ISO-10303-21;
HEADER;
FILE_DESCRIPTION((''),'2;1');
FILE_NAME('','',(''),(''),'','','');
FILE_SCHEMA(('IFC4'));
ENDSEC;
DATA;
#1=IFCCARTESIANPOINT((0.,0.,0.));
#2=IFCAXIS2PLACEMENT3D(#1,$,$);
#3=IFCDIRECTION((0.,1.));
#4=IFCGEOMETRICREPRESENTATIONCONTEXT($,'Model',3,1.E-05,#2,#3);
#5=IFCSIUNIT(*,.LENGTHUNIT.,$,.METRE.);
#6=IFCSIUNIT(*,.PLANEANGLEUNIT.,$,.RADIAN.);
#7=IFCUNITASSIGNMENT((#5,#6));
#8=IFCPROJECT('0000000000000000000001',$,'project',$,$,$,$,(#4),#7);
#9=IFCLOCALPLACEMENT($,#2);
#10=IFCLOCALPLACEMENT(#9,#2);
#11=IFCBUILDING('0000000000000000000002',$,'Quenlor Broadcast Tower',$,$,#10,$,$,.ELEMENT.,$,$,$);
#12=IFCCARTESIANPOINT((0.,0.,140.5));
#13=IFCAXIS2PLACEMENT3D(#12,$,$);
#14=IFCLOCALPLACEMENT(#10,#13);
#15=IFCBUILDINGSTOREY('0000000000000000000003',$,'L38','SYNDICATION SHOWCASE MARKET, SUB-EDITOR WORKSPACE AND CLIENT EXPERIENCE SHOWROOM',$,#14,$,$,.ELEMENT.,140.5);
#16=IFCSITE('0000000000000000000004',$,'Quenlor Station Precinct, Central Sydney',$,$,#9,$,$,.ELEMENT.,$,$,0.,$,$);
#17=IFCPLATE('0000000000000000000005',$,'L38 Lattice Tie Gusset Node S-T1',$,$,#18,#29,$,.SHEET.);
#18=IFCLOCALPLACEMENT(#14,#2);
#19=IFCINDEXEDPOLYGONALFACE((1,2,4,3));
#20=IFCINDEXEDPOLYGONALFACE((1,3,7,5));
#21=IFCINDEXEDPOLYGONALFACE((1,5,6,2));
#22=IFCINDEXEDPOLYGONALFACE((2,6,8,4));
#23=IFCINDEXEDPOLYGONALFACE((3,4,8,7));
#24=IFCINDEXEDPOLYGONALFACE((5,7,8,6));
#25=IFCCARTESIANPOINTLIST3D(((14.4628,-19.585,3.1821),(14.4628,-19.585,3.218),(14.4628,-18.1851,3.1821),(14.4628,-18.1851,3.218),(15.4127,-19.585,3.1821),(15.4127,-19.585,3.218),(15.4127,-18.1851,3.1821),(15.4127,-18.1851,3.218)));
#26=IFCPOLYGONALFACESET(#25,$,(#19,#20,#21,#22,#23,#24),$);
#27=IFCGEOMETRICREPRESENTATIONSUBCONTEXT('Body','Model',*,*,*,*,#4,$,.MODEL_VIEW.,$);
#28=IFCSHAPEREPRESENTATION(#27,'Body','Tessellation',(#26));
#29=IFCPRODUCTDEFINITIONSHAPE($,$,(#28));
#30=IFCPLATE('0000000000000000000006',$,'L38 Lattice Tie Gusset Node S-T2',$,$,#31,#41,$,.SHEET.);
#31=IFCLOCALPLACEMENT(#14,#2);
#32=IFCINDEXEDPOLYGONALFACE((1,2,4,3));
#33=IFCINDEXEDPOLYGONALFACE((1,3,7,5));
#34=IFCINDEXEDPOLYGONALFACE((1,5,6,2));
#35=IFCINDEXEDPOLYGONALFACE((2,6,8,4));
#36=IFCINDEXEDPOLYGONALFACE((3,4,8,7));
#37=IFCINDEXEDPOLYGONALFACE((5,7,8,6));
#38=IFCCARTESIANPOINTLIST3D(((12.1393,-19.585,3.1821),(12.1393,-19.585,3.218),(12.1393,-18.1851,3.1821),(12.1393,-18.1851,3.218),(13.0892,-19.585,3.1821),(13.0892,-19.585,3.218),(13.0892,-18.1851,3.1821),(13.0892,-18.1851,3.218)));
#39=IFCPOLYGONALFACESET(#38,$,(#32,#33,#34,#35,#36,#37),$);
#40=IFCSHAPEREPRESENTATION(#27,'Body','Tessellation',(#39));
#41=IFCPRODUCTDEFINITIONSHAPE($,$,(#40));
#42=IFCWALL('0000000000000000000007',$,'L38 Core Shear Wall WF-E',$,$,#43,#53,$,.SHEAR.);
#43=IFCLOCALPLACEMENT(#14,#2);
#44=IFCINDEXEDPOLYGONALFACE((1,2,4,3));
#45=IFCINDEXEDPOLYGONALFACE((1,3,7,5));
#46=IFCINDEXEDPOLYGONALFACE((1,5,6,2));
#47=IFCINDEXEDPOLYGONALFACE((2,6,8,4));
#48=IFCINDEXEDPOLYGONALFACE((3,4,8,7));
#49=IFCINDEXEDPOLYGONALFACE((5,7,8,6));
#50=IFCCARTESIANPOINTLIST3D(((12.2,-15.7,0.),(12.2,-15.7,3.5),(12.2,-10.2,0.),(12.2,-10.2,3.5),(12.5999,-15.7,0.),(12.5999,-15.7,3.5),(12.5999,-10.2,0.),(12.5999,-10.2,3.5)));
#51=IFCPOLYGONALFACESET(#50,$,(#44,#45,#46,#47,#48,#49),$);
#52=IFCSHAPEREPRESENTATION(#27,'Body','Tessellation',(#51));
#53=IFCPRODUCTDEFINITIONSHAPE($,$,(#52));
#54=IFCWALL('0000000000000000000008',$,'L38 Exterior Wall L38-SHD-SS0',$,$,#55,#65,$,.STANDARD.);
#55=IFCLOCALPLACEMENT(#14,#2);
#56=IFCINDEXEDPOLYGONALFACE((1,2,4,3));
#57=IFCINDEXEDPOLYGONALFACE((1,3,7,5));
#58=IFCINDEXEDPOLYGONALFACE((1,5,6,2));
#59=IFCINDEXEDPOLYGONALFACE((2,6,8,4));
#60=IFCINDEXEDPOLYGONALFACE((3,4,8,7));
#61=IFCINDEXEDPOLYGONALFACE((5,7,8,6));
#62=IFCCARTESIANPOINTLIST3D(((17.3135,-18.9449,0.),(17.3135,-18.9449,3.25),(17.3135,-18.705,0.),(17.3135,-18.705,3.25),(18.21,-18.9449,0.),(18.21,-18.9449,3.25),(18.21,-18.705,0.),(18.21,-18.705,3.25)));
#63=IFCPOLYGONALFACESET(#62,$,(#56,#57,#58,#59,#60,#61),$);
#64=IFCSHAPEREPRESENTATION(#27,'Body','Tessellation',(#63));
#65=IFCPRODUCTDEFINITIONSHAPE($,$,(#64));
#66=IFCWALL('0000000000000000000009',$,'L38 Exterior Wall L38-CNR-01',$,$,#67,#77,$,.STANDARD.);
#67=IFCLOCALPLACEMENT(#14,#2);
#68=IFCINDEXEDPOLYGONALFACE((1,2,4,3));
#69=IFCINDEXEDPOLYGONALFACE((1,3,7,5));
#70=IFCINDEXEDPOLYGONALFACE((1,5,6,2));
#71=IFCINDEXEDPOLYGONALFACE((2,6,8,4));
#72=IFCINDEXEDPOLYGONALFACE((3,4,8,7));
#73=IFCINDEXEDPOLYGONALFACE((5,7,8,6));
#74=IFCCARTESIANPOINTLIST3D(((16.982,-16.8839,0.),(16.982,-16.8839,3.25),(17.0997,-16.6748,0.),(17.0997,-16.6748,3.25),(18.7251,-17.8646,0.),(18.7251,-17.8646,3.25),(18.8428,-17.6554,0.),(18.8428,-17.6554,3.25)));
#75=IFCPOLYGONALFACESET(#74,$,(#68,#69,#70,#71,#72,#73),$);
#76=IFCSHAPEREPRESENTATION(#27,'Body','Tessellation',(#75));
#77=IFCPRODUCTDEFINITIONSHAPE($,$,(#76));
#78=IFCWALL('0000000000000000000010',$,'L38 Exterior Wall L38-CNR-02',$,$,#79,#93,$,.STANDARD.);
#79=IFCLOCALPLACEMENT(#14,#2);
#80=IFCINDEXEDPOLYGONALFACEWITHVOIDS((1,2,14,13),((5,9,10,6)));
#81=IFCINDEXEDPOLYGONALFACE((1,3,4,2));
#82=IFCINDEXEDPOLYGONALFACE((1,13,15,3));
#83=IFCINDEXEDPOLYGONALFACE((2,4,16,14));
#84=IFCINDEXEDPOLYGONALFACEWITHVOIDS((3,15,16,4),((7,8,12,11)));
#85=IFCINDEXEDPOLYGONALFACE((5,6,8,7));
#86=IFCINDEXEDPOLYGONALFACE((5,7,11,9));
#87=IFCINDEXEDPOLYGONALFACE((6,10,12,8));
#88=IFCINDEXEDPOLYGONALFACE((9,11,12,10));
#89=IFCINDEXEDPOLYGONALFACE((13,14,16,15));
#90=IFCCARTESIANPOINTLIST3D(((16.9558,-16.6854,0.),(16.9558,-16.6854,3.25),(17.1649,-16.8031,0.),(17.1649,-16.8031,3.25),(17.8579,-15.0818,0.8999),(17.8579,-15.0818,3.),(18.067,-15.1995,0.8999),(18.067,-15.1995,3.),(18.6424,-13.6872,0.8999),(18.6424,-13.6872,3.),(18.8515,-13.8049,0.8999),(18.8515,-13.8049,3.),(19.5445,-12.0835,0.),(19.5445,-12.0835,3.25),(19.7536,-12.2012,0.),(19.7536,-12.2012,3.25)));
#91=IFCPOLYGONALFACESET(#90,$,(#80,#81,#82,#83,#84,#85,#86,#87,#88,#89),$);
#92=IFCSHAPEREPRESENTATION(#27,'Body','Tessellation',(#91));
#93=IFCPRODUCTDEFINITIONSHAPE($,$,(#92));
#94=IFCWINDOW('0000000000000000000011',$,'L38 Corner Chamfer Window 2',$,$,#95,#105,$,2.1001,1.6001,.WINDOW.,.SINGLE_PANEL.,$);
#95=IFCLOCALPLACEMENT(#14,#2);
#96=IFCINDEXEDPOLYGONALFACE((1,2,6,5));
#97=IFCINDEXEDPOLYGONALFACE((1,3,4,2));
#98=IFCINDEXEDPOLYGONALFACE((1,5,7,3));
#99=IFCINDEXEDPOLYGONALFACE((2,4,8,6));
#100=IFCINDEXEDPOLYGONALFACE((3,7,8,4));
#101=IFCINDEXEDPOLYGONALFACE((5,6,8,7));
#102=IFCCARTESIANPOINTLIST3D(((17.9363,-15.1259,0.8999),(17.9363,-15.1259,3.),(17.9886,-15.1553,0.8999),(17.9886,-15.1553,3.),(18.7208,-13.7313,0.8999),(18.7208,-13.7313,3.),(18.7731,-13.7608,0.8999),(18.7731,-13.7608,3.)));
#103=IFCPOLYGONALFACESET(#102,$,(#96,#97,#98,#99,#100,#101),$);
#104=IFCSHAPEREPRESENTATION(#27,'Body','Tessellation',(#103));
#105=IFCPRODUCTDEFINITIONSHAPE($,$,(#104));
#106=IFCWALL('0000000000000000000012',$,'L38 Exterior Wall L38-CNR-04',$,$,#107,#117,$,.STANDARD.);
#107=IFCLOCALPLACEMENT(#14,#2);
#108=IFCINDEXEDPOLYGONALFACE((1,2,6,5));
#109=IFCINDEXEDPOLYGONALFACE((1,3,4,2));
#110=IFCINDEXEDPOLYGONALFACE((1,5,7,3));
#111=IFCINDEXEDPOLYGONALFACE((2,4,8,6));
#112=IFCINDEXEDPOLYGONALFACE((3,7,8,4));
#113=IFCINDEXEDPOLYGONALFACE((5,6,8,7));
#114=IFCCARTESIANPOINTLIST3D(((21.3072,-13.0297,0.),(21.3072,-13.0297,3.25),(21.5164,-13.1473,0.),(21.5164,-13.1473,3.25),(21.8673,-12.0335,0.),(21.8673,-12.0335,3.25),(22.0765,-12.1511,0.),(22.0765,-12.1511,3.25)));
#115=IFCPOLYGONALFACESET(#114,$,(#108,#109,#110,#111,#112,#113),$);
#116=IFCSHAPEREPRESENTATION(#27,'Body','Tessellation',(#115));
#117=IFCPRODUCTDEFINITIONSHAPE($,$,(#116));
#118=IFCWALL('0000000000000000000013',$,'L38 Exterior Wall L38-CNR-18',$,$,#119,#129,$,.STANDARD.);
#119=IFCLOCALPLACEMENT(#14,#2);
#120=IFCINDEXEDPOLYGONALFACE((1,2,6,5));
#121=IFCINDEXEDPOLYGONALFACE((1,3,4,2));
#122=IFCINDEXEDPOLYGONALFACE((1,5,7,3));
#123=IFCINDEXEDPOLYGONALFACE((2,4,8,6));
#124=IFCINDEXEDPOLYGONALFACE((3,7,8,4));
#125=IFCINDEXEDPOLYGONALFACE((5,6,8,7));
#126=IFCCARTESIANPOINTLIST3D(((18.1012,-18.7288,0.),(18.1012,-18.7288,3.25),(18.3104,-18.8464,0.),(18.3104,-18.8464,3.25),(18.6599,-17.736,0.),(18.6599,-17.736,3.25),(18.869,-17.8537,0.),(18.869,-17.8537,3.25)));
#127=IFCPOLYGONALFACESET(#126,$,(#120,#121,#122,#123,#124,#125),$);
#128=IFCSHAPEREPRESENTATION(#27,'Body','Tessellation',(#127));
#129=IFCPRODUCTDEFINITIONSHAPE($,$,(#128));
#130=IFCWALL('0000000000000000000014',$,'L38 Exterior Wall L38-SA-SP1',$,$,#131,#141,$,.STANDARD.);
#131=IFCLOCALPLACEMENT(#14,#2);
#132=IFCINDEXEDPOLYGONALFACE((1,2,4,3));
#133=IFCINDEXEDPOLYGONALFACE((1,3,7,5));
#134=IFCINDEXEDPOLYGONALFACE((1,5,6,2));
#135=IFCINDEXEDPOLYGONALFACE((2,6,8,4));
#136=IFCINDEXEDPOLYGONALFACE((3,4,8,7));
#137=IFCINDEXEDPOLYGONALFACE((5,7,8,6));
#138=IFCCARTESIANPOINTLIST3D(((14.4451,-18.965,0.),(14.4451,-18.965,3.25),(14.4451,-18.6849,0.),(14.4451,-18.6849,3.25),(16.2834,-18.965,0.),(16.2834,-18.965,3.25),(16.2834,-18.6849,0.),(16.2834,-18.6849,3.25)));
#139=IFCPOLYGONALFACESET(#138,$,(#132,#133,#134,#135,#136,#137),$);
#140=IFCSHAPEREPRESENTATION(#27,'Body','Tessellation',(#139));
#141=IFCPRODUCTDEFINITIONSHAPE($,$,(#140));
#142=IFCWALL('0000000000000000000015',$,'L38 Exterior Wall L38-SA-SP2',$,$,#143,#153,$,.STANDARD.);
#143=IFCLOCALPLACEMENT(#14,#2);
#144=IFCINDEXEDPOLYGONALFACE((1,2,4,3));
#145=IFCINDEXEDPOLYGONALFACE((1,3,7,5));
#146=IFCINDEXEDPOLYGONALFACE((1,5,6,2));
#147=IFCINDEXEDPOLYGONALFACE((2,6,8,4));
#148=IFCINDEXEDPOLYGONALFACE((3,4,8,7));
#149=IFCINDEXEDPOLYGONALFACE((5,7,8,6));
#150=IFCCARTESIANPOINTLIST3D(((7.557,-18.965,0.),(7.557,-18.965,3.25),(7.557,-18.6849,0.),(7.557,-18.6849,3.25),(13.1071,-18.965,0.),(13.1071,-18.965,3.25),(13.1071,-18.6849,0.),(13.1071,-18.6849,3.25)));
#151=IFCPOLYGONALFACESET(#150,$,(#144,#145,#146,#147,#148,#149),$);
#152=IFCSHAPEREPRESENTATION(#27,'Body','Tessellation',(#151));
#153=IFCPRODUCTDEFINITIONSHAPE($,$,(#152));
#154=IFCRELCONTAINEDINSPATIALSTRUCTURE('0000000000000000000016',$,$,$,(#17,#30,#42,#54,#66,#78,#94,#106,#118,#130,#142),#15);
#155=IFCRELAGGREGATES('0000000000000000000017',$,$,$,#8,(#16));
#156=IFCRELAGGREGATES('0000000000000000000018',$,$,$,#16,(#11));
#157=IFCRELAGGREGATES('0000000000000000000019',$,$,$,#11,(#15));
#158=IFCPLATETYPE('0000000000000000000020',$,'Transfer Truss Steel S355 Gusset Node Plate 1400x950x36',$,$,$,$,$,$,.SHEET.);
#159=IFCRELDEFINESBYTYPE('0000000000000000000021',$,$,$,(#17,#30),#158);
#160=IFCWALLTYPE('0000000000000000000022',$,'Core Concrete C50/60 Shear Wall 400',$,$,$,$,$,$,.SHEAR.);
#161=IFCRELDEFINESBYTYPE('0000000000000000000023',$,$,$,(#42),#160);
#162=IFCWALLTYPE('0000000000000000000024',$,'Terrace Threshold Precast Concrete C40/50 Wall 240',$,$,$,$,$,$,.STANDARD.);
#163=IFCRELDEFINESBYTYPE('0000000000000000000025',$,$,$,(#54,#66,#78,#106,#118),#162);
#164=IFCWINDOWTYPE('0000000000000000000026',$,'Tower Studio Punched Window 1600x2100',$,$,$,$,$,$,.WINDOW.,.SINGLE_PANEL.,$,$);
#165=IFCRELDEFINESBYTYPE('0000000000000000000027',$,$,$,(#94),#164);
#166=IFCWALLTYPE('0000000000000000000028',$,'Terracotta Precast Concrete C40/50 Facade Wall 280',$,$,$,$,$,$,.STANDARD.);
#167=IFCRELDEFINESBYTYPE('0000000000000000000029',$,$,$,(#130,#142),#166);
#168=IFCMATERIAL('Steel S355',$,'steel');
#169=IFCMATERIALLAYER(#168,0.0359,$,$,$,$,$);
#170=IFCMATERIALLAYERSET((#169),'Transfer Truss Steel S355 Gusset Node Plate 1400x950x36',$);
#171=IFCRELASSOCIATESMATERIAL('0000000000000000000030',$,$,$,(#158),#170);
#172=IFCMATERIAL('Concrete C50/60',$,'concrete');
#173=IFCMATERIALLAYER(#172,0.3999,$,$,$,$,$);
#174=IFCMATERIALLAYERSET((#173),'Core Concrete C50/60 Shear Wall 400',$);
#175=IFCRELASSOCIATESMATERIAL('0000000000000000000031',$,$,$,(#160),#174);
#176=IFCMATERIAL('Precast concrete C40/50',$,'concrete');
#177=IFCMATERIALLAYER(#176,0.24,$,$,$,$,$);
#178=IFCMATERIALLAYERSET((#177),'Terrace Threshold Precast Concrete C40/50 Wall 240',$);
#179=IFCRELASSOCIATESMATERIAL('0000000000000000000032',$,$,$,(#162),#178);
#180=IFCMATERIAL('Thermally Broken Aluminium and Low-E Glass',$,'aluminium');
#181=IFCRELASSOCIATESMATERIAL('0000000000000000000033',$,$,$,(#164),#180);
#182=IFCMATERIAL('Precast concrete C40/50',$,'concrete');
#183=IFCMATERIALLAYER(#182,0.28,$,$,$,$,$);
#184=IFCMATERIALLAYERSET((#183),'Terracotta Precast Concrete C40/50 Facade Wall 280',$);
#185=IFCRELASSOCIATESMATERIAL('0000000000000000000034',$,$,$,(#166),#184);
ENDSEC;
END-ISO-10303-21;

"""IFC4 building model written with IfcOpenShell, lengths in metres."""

from ifc_helpers import new_model, si_unit, direction, frame, frame_2d, origin, origin_2d, place, context, subcontext, project, spatial, rectangle, extrude, material, layer, layer_set, type_object, element, fill, save


model = new_model("IFC4")

# Units and contexts
model_context = context("Model", 3, precision=1e-05, world=origin(), true_north=direction((0.0, 1.0)))
body_context = subcontext(model_context, "Body", "Model", "MODEL_VIEW")
ifc_project = project(units=[si_unit("LENGTHUNIT", "METRE"), si_unit("PLANEANGLEUNIT", "RADIAN")], contexts=[model_context])

# Site, building, storey
site_placement = place(None, origin())
site = spatial("IfcSite", under=ifc_project, at=site_placement, Name="Quenlor Station Precinct, Central Sydney", CompositionType="ELEMENT", RefElevation=0.0)
building_placement = place(site_placement, origin())
building = spatial("IfcBuilding", under=site, at=building_placement, Name="Quenlor Broadcast Tower", CompositionType="ELEMENT")
storey_placement = place(building_placement, frame((0.0, 0.0, 140.5)))
storey = spatial("IfcBuildingStorey", under=building, at=storey_placement, Name="L38", Description="SYNDICATION SHOWCASE MARKET, SUB-EDITOR WORKSPACE AND CLIENT EXPERIENCE SHOWROOM", CompositionType="ELEMENT", Elevation=140.5)

# Plates
ifc_material_1 = material(Name="Steel S355", Category="steel")
ifc_layer_1 = layer(ifc_material_1, 0.0359)
ifc_layer_set_1 = layer_set([ifc_layer_1], Name="Transfer Truss Steel S355 Gusset Node Plate 1400x950x36")
plate_type_1 = type_object("IfcPlateType", Name="Transfer Truss Steel S355 Gusset Node Plate 1400x950x36", PredefinedType="SHEET", material=ifc_layer_set_1)
for number, where, z_axis, x_axis, name in (
    (1, (14.9377, -18.885, 3.1821), (0.0, 0.0, 1.0), (0.0, -1.0, 0.0), "L38 Lattice Tie Gusset Node S-T1"),
    (2, (12.6143, -18.885, 3.1821), (0.0, 0.0, 1.0), (0.0, -1.0, 0.0), "L38 Lattice Tie Gusset Node S-T2"),
):
    element("IfcPlate", number, at=place(storey_placement, frame(where, z_axis=z_axis, x_axis=x_axis)), inside=storey, type_object=plate_type_1, Name=name, PredefinedType="SHEET", context=body_context, shape_type="SweptSolid", body=[
        extrude(rectangle(XDim=1.3999, YDim=0.95, at=origin_2d()), origin(), (0.0, 0.0, 1.0), 0.0359),
    ])

# Walls
ifc_material_2 = material(Name="Concrete C50/60", Category="concrete")
ifc_layer_2 = layer(ifc_material_2, 0.3999)
ifc_layer_set_2 = layer_set([ifc_layer_2], Name="Core Concrete C50/60 Shear Wall 400")
wall_type_1 = type_object("IfcWallType", Name="Core Concrete C50/60 Shear Wall 400", PredefinedType="SHEAR", material=ifc_layer_set_2)
wall_1_placement = place(storey_placement, frame((12.3999, -15.7, 0.0), z_axis=(0.0, 0.0, 1.0), x_axis=(0.0, 1.0, 0.0)))
element("IfcWall", 3, at=wall_1_placement, inside=storey, type_object=wall_type_1, Name="L38 Core Shear Wall WF-E", PredefinedType="SHEAR", context=body_context, shape_type="SweptSolid", body=[
    extrude(rectangle(XDim=5.5, YDim=0.3999, at=frame_2d((2.75, 0.0))), origin(), (0.0, 0.0, 1.0), 3.5),
])
ifc_material_3 = material(Name="Precast concrete C40/50", Category="concrete")
ifc_layer_3 = layer(ifc_material_3, 0.24)
ifc_layer_set_3 = layer_set([ifc_layer_3], Name="Terrace Threshold Precast Concrete C40/50 Wall 240")
wall_type_2 = type_object("IfcWallType", Name="Terrace Threshold Precast Concrete C40/50 Wall 240", PredefinedType="STANDARD", material=ifc_layer_set_3)
wall_2_placement = place(storey_placement, frame((18.21, -18.825, 0.0), z_axis=(0.0, 0.0, 1.0), x_axis=(-1.0, 0.0, 0.0)))
element("IfcWall", 4, at=wall_2_placement, inside=storey, type_object=wall_type_2, Name="L38 Exterior Wall L38-SHD-SS0", PredefinedType="STANDARD", context=body_context, shape_type="SweptSolid", body=[
    extrude(rectangle(XDim=0.8965, YDim=0.24, at=frame_2d((0.4482, 0.0))), origin(), (0.0, 0.0, 1.0), 3.25),
])
wall_3_placement = place(storey_placement, frame((18.7839, -17.76, 0.0), z_axis=(0.0, 0.0, 1.0), x_axis=(-0.871536, 0.490331, 0.0)))
element("IfcWall", 5, at=wall_3_placement, inside=storey, type_object=wall_type_2, Name="L38 Exterior Wall L38-CNR-01", PredefinedType="STANDARD", context=body_context, shape_type="SweptSolid", body=[
    extrude(rectangle(XDim=2.0, YDim=0.24, at=frame_2d((1.0, 0.0))), origin(), (0.0, 0.0, 1.0), 3.25),
])

# Wall, opening, window
wall_4_placement = place(storey_placement, frame((17.0603, -16.7444, 0.0), z_axis=(0.0, 0.0, 1.0), x_axis=(0.490277, 0.871567, 0.0)))
wall_4 = element("IfcWall", 6, at=wall_4_placement, inside=storey, type_object=wall_type_2, Name="L38 Exterior Wall L38-CNR-02", PredefinedType="STANDARD", context=body_context, shape_type="SweptSolid", body=[
    extrude(rectangle(XDim=5.28, YDim=0.24, at=frame_2d((2.6401, 0.0))), origin(), (0.0, 0.0, 1.0), 3.25),
])
opening_placement = place(wall_4_placement, frame((1.8401, 0.0, 0.8999)))
opening = element("IfcOpeningElement", 7, at=opening_placement, cuts=wall_4, PredefinedType="OPENING", context=body_context, shape_type="SweptSolid", body=[
    extrude(rectangle(XDim=1.6001, YDim=2.1001, at=frame_2d((0.8, 1.05))), frame((0.0, 0.1299, 0.0), z_axis=(0.0, -1.0, 0.0), x_axis=(1.0, 0.0, 0.0)), (0.0, 0.0, 1.0), 0.26),
])
ifc_material_4 = material(Name="Thermally Broken Aluminium and Low-E Glass", Category="aluminium")
window_type = type_object("IfcWindowType", Name="Tower Studio Punched Window 1600x2100", PartitioningType="SINGLE_PANEL", PredefinedType="WINDOW", material=ifc_material_4)
window_placement = place(opening_placement, origin())
window = element("IfcWindow", 8, at=window_placement, inside=storey, type_object=window_type, Name="L38 Corner Chamfer Window 2", OverallHeight=2.1001, OverallWidth=1.6001, PartitioningType="SINGLE_PANEL", PredefinedType="WINDOW", context=body_context, shape_type="SweptSolid", body=[
    extrude(rectangle(XDim=1.6001, YDim=2.1001, at=frame_2d((0.8, 1.05))), frame((0.0, 0.03, 0.0), z_axis=(0.0, -1.0, 0.0), x_axis=(1.0, 0.0, 0.0)), (0.0, 0.0, 1.0), 0.0601),
])
fill(opening, window)

# Walls
wall_5_placement = place(storey_placement, frame((21.4119, -13.0884, 0.0), z_axis=(0.0, 0.0, 1.0), x_axis=(0.490099, 0.871667, 0.0)))
element("IfcWall", 9, at=wall_5_placement, inside=storey, type_object=wall_type_2, Name="L38 Exterior Wall L38-CNR-04", PredefinedType="STANDARD", context=body_context, shape_type="SweptSolid", body=[
    extrude(rectangle(XDim=1.1428, YDim=0.24, at=frame_2d((0.5713, 0.0))), origin(), (0.0, 0.0, 1.0), 3.25),
])
wall_6_placement = place(storey_placement, frame((18.2058, -18.7876, 0.0), z_axis=(0.0, 0.0, 1.0), x_axis=(0.490404, 0.871495, 0.0)))
element("IfcWall", 10, at=wall_6_placement, inside=storey, type_object=wall_type_2, Name="L38 Exterior Wall L38-CNR-18", PredefinedType="STANDARD", context=body_context, shape_type="SweptSolid", body=[
    extrude(rectangle(XDim=1.1392, YDim=0.24, at=frame_2d((0.5696, 0.0))), origin(), (0.0, 0.0, 1.0), 3.25),
])
ifc_material_5 = material(Name="Precast concrete C40/50", Category="concrete")
ifc_layer_4 = layer(ifc_material_5, 0.28)
ifc_layer_set_4 = layer_set([ifc_layer_4], Name="Terracotta Precast Concrete C40/50 Facade Wall 280")
wall_type_3 = type_object("IfcWallType", Name="Terracotta Precast Concrete C40/50 Facade Wall 280", PredefinedType="STANDARD", material=ifc_layer_set_4)
wall_7_placement = place(storey_placement, frame((16.2834, -18.825, 0.0), z_axis=(0.0, 0.0, 1.0), x_axis=(-1.0, 0.0, 0.0)))
element("IfcWall", 11, at=wall_7_placement, inside=storey, type_object=wall_type_3, Name="L38 Exterior Wall L38-SA-SP1", PredefinedType="STANDARD", context=body_context, shape_type="SweptSolid", body=[
    extrude(rectangle(XDim=1.8384, YDim=0.28, at=frame_2d((0.9192, 0.0))), origin(), (0.0, 0.0, 1.0), 3.25),
])
wall_8_placement = place(storey_placement, frame((13.1069, -18.825, 0.0), z_axis=(0.0, 0.0, 1.0), x_axis=(-1.0, 0.0, 0.0)))
element("IfcWall", 12, at=wall_8_placement, inside=storey, type_object=wall_type_3, Name="L38 Exterior Wall L38-SA-SP2", PredefinedType="STANDARD", context=body_context, shape_type="SweptSolid", body=[
    extrude(rectangle(XDim=5.55, YDim=0.28, at=frame_2d((2.7749, 0.0))), origin(), (0.0, 0.0, 1.0), 3.25),
])

save(model, "model.ifc")
